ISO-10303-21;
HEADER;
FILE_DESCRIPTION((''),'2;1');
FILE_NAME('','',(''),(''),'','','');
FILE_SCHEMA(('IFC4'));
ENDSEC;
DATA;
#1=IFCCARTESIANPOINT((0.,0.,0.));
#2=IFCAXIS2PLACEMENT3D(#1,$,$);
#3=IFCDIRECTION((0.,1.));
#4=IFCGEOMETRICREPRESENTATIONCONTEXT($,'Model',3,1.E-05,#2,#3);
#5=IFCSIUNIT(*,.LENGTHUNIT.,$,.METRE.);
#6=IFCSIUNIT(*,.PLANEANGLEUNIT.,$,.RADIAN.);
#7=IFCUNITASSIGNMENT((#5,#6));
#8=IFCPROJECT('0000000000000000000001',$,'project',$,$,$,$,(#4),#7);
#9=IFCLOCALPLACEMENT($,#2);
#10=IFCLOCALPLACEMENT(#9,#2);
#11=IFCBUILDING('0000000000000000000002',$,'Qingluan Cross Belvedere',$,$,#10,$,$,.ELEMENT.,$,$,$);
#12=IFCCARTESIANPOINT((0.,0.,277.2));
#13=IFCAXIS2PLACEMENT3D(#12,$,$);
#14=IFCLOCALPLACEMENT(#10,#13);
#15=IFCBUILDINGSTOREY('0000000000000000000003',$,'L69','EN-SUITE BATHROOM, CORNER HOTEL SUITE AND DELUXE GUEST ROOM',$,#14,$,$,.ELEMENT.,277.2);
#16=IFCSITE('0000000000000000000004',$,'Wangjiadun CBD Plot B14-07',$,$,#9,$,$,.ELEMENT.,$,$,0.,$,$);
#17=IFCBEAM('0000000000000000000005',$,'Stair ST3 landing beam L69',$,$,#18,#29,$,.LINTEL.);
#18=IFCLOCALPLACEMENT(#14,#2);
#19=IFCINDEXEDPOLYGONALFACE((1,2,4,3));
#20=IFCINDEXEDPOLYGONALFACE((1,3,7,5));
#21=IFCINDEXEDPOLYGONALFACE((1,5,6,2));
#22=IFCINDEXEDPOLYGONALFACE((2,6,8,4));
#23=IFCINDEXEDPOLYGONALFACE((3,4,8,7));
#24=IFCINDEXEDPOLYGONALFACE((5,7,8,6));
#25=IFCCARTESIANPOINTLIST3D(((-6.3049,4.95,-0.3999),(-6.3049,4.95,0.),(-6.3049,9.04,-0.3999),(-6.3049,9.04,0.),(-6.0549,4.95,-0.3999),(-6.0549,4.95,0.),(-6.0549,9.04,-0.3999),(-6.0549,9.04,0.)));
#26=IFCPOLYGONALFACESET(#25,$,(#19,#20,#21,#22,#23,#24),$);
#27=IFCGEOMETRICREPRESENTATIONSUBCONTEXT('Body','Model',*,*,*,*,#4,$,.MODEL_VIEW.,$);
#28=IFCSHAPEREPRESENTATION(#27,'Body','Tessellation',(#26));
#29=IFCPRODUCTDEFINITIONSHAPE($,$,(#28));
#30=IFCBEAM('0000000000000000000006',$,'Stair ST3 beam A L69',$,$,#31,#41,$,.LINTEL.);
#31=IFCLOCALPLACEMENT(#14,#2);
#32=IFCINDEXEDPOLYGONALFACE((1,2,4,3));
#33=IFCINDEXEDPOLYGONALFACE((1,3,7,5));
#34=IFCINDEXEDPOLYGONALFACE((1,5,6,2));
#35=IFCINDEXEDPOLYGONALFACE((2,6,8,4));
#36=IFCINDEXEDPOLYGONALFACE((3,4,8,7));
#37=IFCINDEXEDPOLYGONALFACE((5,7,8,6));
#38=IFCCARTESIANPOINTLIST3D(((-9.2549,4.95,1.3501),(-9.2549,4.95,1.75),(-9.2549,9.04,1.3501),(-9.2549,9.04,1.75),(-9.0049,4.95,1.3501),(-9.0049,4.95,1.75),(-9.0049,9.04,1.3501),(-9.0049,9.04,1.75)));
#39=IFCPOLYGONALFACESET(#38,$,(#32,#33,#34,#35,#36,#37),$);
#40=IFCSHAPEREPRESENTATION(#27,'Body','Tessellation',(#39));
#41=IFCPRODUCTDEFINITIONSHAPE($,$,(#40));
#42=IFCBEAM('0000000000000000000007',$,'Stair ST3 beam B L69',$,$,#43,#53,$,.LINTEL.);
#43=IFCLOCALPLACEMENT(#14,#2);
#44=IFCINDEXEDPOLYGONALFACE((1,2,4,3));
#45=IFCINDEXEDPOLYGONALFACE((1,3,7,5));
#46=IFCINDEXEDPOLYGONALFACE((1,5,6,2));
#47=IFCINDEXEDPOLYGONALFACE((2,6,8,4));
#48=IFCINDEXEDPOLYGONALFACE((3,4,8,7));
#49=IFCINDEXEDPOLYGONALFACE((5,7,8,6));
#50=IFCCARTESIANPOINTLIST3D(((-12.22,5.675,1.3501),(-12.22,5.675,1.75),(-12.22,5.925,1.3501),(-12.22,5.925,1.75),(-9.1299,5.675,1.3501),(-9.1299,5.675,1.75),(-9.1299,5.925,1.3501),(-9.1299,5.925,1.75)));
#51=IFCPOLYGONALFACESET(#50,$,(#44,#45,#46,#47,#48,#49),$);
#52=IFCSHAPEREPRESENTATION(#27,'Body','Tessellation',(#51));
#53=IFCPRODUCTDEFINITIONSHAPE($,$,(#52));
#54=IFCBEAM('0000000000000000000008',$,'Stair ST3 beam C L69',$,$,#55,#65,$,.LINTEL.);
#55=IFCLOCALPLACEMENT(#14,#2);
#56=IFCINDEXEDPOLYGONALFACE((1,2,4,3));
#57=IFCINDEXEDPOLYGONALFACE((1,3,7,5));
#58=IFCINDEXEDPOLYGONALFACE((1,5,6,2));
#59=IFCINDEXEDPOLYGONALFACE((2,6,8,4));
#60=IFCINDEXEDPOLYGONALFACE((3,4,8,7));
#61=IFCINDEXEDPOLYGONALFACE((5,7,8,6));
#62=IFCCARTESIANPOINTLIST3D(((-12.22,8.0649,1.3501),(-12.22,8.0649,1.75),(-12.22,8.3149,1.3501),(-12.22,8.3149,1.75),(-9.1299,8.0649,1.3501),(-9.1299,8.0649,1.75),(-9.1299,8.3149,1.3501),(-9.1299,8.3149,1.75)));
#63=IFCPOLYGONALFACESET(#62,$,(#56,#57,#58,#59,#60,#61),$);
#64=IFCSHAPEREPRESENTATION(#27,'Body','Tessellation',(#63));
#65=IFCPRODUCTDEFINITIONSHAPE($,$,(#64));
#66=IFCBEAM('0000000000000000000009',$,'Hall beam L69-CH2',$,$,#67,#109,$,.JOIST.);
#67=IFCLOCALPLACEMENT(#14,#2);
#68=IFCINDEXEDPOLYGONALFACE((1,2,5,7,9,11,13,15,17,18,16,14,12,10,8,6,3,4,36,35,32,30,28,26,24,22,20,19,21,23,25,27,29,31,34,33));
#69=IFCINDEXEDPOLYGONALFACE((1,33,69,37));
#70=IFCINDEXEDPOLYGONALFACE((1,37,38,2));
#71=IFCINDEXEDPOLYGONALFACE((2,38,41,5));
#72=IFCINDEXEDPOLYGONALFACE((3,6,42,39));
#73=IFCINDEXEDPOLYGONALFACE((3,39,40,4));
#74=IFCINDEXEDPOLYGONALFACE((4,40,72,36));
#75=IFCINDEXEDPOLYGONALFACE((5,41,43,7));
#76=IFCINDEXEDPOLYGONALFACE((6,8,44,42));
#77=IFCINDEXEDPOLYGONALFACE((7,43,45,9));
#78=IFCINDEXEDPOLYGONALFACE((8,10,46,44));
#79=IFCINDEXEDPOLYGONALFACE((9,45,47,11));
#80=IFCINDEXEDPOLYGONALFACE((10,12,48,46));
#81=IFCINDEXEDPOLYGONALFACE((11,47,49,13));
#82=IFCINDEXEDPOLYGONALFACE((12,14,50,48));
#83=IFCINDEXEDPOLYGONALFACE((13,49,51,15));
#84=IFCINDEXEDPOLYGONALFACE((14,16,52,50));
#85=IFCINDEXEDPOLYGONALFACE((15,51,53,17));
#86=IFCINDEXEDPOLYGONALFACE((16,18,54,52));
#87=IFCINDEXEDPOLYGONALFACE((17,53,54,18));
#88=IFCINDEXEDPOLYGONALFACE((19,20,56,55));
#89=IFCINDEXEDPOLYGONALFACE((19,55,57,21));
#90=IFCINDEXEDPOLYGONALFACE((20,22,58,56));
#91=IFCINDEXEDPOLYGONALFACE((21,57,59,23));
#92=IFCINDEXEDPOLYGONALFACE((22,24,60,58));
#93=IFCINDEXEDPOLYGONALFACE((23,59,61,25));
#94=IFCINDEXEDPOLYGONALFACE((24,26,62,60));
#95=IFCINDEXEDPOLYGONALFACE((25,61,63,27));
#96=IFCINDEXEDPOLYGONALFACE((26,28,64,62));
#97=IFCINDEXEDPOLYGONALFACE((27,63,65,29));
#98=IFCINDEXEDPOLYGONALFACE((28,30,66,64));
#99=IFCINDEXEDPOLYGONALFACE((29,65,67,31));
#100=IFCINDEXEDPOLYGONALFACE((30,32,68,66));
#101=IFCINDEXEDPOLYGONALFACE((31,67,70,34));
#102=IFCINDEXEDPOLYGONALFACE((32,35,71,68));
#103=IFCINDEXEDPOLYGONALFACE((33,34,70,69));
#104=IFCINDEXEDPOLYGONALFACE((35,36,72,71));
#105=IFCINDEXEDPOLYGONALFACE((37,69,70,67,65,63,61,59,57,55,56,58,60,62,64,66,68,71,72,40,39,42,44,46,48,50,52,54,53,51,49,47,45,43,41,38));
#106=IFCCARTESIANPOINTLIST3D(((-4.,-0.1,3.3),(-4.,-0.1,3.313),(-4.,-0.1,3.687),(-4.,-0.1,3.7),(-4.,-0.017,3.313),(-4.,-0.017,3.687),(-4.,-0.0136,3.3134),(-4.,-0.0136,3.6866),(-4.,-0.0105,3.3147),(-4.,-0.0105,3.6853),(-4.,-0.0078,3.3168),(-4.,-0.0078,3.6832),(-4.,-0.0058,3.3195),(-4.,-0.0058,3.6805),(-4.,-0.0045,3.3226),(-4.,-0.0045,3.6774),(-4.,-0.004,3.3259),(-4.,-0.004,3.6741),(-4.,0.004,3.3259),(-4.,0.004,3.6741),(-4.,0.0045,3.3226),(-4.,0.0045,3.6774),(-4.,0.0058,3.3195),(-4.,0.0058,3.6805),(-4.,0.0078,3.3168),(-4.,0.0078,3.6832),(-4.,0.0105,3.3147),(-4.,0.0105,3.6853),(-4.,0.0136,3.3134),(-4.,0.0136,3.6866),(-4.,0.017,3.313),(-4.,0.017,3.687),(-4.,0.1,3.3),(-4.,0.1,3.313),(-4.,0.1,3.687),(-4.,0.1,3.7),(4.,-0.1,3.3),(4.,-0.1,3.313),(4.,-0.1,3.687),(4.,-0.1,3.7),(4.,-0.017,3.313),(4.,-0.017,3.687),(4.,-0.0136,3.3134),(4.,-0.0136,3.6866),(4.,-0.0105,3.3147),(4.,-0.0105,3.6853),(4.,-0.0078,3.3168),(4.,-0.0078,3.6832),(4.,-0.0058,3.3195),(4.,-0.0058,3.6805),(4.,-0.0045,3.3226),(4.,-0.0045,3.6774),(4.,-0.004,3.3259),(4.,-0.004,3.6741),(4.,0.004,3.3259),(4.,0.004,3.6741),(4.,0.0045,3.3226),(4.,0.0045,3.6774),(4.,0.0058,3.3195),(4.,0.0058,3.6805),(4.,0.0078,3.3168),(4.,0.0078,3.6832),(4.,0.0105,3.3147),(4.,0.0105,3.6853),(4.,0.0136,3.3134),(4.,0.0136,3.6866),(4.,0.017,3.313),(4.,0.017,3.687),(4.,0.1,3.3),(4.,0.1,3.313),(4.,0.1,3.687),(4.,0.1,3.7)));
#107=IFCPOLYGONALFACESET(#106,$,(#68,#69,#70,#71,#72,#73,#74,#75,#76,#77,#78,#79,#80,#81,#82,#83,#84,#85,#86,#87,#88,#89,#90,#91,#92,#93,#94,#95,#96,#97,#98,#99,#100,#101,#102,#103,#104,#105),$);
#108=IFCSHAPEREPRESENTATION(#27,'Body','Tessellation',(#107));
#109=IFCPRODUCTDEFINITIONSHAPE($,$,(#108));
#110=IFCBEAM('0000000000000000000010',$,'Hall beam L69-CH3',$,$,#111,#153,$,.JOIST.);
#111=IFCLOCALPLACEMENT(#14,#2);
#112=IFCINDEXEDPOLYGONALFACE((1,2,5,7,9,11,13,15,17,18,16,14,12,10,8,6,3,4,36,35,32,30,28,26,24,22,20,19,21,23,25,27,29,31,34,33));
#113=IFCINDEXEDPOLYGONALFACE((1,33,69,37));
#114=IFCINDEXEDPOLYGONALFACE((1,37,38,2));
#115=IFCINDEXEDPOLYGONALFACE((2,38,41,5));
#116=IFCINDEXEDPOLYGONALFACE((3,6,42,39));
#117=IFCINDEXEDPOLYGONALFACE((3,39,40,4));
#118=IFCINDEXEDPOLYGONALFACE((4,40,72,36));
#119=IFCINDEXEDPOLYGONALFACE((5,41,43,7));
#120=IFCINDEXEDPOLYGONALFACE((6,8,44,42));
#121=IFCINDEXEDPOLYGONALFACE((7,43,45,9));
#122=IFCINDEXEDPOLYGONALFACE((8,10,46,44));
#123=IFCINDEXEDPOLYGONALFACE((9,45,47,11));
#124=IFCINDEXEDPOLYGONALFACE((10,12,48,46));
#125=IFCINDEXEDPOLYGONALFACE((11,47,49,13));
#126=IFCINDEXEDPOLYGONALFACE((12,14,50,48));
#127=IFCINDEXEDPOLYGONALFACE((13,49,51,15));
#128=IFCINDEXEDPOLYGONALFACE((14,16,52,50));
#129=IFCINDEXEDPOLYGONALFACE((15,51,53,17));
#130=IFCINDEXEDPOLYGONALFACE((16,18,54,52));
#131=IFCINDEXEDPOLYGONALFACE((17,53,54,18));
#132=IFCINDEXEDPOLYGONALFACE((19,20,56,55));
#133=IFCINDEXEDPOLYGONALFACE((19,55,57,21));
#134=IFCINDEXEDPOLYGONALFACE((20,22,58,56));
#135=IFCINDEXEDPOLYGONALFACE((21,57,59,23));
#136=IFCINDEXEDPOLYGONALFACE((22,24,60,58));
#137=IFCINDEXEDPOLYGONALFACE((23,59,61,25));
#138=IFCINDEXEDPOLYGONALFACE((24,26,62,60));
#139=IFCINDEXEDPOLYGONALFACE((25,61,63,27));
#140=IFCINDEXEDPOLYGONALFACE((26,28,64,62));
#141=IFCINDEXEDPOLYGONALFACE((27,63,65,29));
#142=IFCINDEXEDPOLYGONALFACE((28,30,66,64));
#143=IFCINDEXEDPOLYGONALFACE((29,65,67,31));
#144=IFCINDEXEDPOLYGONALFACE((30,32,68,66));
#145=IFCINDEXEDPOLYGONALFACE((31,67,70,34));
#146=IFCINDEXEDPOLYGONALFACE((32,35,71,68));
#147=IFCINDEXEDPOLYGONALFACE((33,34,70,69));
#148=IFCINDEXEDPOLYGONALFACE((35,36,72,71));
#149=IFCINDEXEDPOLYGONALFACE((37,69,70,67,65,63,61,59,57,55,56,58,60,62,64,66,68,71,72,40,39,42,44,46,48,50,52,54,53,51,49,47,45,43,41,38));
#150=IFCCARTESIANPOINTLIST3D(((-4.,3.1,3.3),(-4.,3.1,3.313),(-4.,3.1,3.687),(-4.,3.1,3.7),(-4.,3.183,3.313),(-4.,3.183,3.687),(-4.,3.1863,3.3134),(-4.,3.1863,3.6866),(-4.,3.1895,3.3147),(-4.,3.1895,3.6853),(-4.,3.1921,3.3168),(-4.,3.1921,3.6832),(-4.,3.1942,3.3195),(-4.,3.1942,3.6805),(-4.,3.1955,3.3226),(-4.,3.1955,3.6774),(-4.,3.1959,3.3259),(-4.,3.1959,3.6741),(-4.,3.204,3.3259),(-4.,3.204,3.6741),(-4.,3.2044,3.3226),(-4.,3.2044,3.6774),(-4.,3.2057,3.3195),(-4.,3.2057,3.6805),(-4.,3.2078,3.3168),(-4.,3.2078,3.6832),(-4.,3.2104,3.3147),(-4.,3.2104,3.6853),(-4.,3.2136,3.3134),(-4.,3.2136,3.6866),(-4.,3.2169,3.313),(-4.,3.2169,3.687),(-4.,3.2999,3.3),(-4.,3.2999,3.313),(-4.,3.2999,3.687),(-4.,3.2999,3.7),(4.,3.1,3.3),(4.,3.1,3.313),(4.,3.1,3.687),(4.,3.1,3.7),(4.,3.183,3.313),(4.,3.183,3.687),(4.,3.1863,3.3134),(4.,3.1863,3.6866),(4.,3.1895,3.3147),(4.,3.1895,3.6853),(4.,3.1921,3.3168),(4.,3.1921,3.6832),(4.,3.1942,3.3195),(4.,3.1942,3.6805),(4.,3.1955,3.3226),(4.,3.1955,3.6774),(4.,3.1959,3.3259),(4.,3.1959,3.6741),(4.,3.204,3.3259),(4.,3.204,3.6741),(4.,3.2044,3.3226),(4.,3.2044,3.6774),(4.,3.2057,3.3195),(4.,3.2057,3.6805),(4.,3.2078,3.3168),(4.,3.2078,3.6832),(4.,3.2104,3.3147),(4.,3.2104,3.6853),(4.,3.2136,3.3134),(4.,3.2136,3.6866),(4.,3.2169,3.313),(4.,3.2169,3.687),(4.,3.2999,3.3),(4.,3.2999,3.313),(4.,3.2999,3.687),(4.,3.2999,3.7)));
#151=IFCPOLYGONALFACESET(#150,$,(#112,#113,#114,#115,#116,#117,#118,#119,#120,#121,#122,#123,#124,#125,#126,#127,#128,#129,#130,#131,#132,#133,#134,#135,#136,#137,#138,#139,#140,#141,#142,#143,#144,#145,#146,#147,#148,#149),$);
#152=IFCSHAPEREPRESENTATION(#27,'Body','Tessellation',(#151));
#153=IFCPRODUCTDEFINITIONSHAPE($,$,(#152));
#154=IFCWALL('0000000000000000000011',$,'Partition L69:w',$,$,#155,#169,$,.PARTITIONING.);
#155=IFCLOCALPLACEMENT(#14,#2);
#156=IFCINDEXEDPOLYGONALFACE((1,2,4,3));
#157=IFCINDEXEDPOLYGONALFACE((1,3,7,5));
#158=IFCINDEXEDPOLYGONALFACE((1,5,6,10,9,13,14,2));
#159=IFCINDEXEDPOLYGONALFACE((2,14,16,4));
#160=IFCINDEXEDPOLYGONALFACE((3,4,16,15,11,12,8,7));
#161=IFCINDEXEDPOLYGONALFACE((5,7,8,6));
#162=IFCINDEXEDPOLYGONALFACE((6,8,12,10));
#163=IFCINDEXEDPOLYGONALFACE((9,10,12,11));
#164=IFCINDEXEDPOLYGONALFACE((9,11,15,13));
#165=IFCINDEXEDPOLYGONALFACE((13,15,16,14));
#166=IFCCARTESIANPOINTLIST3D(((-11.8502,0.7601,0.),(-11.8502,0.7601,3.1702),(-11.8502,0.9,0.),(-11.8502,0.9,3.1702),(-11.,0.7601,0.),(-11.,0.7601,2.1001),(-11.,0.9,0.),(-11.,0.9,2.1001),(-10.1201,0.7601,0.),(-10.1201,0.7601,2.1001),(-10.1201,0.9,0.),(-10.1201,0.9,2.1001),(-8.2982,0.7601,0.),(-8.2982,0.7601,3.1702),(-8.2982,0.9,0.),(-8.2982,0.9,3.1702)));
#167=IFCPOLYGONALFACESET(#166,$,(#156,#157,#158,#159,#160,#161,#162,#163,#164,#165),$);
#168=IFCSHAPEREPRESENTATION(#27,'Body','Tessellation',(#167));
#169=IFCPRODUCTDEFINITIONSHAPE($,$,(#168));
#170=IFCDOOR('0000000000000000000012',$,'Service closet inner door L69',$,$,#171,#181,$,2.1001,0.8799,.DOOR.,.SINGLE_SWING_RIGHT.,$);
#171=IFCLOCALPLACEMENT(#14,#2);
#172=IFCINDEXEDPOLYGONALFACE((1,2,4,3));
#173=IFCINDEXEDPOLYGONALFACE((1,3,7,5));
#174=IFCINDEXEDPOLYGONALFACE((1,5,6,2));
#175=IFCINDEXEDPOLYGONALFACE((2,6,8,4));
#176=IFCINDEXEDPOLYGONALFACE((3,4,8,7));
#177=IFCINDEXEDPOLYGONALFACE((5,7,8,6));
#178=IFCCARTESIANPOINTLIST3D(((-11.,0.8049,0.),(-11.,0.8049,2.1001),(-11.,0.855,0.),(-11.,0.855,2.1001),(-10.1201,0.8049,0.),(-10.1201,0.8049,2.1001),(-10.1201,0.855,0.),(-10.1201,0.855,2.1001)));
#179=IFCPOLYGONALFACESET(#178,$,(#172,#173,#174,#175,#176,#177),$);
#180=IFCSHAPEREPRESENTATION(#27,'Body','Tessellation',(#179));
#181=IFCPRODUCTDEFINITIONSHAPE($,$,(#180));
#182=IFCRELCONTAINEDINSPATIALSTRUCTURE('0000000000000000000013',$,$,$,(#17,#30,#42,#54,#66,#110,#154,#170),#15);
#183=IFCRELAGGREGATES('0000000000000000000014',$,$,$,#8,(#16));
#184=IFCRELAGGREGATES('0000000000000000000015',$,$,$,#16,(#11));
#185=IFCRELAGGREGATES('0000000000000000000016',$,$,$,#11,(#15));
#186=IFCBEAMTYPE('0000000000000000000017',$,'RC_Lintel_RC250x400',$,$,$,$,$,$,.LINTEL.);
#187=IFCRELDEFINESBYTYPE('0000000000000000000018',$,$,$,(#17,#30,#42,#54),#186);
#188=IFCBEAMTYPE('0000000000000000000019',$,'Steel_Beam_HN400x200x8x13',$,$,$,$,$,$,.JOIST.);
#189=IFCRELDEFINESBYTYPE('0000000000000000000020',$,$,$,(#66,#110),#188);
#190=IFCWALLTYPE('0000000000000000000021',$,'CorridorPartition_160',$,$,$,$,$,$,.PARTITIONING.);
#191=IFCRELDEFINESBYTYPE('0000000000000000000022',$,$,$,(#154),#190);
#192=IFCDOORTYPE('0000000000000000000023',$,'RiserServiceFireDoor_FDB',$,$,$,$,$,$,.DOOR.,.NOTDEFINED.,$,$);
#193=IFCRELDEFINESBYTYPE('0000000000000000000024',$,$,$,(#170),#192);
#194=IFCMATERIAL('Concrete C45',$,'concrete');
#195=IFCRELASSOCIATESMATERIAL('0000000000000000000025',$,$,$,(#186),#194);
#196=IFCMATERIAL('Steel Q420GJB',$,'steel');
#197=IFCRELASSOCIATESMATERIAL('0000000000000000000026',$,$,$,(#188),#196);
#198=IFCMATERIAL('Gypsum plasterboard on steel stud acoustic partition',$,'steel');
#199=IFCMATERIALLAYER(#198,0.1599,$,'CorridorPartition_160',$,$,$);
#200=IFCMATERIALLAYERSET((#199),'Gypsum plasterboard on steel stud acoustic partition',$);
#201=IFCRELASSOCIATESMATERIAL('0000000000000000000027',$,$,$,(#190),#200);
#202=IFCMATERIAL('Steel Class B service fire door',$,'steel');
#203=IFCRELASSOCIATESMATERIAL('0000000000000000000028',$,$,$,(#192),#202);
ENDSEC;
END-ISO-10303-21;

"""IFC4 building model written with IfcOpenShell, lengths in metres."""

from ifc_helpers import new_model, si_unit, direction, frame, frame_2d, origin, origin_2d, place, context, subcontext, project, spatial, rectangle, i_section, extrude, material, layer, layer_set, material_profile, profile_set, type_object, element, fill, save


model = new_model("IFC4")

# Units and contexts
model_context = context("Model", 3, precision=1e-05, world=origin(), true_north=direction((0.0, 1.0)))
body_context = subcontext(model_context, "Body", "Model", "MODEL_VIEW")
ifc_project = project(units=[si_unit("LENGTHUNIT", "METRE"), si_unit("PLANEANGLEUNIT", "RADIAN")], contexts=[model_context])

# Site, building, storey
site_placement = place(None, origin())
site = spatial("IfcSite", under=ifc_project, at=site_placement, Name="Wangjiadun CBD Plot B14-07", CompositionType="ELEMENT", RefElevation=0.0)
building_placement = place(site_placement, origin())
building = spatial("IfcBuilding", under=site, at=building_placement, Name="Qingluan Cross Belvedere", CompositionType="ELEMENT")
storey_placement = place(building_placement, frame((0.0, 0.0, 277.2)))
storey = spatial("IfcBuildingStorey", under=building, at=storey_placement, Name="L69", Description="EN-SUITE BATHROOM, CORNER HOTEL SUITE AND DELUXE GUEST ROOM", CompositionType="ELEMENT", Elevation=277.2)

# Beams
ifc_material_1 = material(Name="Concrete C45", Category="concrete")
ifc_material_profile_1 = material_profile(ifc_material_1, rectangle(XDim=0.25, YDim=0.3999, at=origin_2d()), Name="RC250x400")
ifc_profile_set_1 = profile_set([ifc_material_profile_1], Name="Concrete C45")
beam_type_1 = type_object("IfcBeamType", Name="RC_Lintel_RC250x400", PredefinedType="LINTEL", material=ifc_profile_set_1)
for number, where, z_axis, x_axis, name in (
    (1, (-6.1799, 4.95, -0.2), (0.0, 1.0, 0.0), (-1.0, 0.0, 0.0), "Stair ST3 landing beam L69"),
    (2, (-9.1299, 4.95, 1.55), (0.0, 1.0, 0.0), (-1.0, 0.0, 0.0), "Stair ST3 beam A L69"),
):
    element("IfcBeam", number, at=place(storey_placement, frame(where, z_axis=z_axis, x_axis=x_axis)), inside=storey, type_object=beam_type_1, Name=name, PredefinedType="LINTEL", context=body_context, shape_type="SweptSolid", body=[
        extrude(rectangle(XDim=0.25, YDim=0.3999, at=origin_2d()), origin(), (0.0, 0.0, 1.0), 4.0901),
    ])
for number, where, z_axis, x_axis, name in (
    (3, (-12.22, 5.8, 1.55), (1.0, 0.0, 0.0), (0.0, 1.0, 0.0), "Stair ST3 beam B L69"),
    (4, (-12.22, 8.1899, 1.55), (1.0, 0.0, 0.0), (0.0, 1.0, 0.0), "Stair ST3 beam C L69"),
):
    element("IfcBeam", number, at=place(storey_placement, frame(where, z_axis=z_axis, x_axis=x_axis)), inside=storey, type_object=beam_type_1, Name=name, PredefinedType="LINTEL", context=body_context, shape_type="SweptSolid", body=[
        extrude(rectangle(XDim=0.25, YDim=0.3999, at=origin_2d()), origin(), (0.0, 0.0, 1.0), 3.0901),
    ])
ifc_material_2 = material(Name="Steel Q420GJB", Category="steel")
ifc_material_profile_2 = material_profile(ifc_material_2, i_section(OverallWidth=0.2, OverallDepth=0.3999, WebThickness=0.0081, FlangeThickness=0.0129, FilletRadius=0.0129, at=origin_2d()), Name="HN400x200x8x13")
ifc_profile_set_2 = profile_set([ifc_material_profile_2], Name="Steel Q420GJB")
beam_type_2 = type_object("IfcBeamType", Name="Steel_Beam_HN400x200x8x13", PredefinedType="JOIST", material=ifc_profile_set_2)
for number, where, z_axis, x_axis, name in (
    (5, (-4.0, 0.0, 3.5), (1.0, 0.0, 0.0), (0.0, 1.0, 0.0), "Hall beam L69-CH2"),
    (6, (-4.0, 3.2, 3.5), (1.0, 0.0, 0.0), (0.0, 1.0, 0.0), "Hall beam L69-CH3"),
):
    element("IfcBeam", number, at=place(storey_placement, frame(where, z_axis=z_axis, x_axis=x_axis)), inside=storey, type_object=beam_type_2, Name=name, PredefinedType="JOIST", context=body_context, shape_type="SweptSolid", body=[
        extrude(i_section(OverallWidth=0.2, OverallDepth=0.3999, WebThickness=0.0081, FlangeThickness=0.0129, FilletRadius=0.0129, at=origin_2d()), origin(), (0.0, 0.0, 1.0), 8.0),
    ])

# Wall, opening, door
ifc_material_3 = material(Name="Gypsum plasterboard on steel stud acoustic partition", Category="steel")
ifc_layer_1 = layer(ifc_material_3, 0.1599, Name="CorridorPartition_160")
ifc_layer_set_1 = layer_set([ifc_layer_1], Name="Gypsum plasterboard on steel stud acoustic partition")
wall_type_1 = type_object("IfcWallType", Name="CorridorPartition_160", PredefinedType="PARTITIONING", material=ifc_layer_set_1)
wall_1_placement = place(storey_placement, frame((-11.8501, 0.8301, 0.0), z_axis=(0.0, 0.0, 1.0), x_axis=(1.0, 0.0, 0.0)))
wall_1 = element("IfcWall", 7, at=wall_1_placement, inside=storey, type_object=wall_type_1, Name="Partition L69:w", PredefinedType="PARTITIONING", context=body_context, shape_type="SweptSolid", body=[
    extrude(rectangle(XDim=3.552, YDim=0.1399, at=frame_2d((1.7759, 0.0))), origin(), (0.0, 0.0, 1.0), 3.1702),
])
opening_1_placement = place(wall_1_placement, frame((0.8501, 0.0, 0.0)))
opening_1 = element("IfcOpeningElement", 8, at=opening_1_placement, cuts=wall_1, PredefinedType="OPENING", context=body_context, shape_type="SweptSolid", body=[
    extrude(rectangle(XDim=0.8799, YDim=2.1001, at=frame_2d((0.4399, 1.05))), frame((0.0, 0.0798, 0.0), z_axis=(0.0, -1.0, 0.0), x_axis=(1.0, 0.0, 0.0)), (0.0, 0.0, 1.0), 0.1599),
])
ifc_material_4 = material(Name="Steel Class B service fire door", Category="steel")
door_type_1 = type_object("IfcDoorType", Name="RiserServiceFireDoor_FDB", OperationType="NOTDEFINED", PredefinedType="DOOR", material=ifc_material_4)
door_1_placement = place(opening_1_placement, origin())
door_1 = element("IfcDoor", 9, at=door_1_placement, inside=storey, type_object=door_type_1, Name="Service closet inner door L69", OperationType="SINGLE_SWING_RIGHT", OverallHeight=2.1001, OverallWidth=0.8799, PredefinedType="DOOR", context=body_context, shape_type="SweptSolid", body=[
    extrude(rectangle(XDim=0.8799, YDim=2.1001, at=frame_2d((0.4399, 1.05))), frame((0.0, 0.0249, 0.0), z_axis=(0.0, -1.0, 0.0), x_axis=(1.0, 0.0, 0.0)), (0.0, 0.0, 1.0), 0.05),
])
fill(opening_1, door_1)

save(model, "model.ifc")
